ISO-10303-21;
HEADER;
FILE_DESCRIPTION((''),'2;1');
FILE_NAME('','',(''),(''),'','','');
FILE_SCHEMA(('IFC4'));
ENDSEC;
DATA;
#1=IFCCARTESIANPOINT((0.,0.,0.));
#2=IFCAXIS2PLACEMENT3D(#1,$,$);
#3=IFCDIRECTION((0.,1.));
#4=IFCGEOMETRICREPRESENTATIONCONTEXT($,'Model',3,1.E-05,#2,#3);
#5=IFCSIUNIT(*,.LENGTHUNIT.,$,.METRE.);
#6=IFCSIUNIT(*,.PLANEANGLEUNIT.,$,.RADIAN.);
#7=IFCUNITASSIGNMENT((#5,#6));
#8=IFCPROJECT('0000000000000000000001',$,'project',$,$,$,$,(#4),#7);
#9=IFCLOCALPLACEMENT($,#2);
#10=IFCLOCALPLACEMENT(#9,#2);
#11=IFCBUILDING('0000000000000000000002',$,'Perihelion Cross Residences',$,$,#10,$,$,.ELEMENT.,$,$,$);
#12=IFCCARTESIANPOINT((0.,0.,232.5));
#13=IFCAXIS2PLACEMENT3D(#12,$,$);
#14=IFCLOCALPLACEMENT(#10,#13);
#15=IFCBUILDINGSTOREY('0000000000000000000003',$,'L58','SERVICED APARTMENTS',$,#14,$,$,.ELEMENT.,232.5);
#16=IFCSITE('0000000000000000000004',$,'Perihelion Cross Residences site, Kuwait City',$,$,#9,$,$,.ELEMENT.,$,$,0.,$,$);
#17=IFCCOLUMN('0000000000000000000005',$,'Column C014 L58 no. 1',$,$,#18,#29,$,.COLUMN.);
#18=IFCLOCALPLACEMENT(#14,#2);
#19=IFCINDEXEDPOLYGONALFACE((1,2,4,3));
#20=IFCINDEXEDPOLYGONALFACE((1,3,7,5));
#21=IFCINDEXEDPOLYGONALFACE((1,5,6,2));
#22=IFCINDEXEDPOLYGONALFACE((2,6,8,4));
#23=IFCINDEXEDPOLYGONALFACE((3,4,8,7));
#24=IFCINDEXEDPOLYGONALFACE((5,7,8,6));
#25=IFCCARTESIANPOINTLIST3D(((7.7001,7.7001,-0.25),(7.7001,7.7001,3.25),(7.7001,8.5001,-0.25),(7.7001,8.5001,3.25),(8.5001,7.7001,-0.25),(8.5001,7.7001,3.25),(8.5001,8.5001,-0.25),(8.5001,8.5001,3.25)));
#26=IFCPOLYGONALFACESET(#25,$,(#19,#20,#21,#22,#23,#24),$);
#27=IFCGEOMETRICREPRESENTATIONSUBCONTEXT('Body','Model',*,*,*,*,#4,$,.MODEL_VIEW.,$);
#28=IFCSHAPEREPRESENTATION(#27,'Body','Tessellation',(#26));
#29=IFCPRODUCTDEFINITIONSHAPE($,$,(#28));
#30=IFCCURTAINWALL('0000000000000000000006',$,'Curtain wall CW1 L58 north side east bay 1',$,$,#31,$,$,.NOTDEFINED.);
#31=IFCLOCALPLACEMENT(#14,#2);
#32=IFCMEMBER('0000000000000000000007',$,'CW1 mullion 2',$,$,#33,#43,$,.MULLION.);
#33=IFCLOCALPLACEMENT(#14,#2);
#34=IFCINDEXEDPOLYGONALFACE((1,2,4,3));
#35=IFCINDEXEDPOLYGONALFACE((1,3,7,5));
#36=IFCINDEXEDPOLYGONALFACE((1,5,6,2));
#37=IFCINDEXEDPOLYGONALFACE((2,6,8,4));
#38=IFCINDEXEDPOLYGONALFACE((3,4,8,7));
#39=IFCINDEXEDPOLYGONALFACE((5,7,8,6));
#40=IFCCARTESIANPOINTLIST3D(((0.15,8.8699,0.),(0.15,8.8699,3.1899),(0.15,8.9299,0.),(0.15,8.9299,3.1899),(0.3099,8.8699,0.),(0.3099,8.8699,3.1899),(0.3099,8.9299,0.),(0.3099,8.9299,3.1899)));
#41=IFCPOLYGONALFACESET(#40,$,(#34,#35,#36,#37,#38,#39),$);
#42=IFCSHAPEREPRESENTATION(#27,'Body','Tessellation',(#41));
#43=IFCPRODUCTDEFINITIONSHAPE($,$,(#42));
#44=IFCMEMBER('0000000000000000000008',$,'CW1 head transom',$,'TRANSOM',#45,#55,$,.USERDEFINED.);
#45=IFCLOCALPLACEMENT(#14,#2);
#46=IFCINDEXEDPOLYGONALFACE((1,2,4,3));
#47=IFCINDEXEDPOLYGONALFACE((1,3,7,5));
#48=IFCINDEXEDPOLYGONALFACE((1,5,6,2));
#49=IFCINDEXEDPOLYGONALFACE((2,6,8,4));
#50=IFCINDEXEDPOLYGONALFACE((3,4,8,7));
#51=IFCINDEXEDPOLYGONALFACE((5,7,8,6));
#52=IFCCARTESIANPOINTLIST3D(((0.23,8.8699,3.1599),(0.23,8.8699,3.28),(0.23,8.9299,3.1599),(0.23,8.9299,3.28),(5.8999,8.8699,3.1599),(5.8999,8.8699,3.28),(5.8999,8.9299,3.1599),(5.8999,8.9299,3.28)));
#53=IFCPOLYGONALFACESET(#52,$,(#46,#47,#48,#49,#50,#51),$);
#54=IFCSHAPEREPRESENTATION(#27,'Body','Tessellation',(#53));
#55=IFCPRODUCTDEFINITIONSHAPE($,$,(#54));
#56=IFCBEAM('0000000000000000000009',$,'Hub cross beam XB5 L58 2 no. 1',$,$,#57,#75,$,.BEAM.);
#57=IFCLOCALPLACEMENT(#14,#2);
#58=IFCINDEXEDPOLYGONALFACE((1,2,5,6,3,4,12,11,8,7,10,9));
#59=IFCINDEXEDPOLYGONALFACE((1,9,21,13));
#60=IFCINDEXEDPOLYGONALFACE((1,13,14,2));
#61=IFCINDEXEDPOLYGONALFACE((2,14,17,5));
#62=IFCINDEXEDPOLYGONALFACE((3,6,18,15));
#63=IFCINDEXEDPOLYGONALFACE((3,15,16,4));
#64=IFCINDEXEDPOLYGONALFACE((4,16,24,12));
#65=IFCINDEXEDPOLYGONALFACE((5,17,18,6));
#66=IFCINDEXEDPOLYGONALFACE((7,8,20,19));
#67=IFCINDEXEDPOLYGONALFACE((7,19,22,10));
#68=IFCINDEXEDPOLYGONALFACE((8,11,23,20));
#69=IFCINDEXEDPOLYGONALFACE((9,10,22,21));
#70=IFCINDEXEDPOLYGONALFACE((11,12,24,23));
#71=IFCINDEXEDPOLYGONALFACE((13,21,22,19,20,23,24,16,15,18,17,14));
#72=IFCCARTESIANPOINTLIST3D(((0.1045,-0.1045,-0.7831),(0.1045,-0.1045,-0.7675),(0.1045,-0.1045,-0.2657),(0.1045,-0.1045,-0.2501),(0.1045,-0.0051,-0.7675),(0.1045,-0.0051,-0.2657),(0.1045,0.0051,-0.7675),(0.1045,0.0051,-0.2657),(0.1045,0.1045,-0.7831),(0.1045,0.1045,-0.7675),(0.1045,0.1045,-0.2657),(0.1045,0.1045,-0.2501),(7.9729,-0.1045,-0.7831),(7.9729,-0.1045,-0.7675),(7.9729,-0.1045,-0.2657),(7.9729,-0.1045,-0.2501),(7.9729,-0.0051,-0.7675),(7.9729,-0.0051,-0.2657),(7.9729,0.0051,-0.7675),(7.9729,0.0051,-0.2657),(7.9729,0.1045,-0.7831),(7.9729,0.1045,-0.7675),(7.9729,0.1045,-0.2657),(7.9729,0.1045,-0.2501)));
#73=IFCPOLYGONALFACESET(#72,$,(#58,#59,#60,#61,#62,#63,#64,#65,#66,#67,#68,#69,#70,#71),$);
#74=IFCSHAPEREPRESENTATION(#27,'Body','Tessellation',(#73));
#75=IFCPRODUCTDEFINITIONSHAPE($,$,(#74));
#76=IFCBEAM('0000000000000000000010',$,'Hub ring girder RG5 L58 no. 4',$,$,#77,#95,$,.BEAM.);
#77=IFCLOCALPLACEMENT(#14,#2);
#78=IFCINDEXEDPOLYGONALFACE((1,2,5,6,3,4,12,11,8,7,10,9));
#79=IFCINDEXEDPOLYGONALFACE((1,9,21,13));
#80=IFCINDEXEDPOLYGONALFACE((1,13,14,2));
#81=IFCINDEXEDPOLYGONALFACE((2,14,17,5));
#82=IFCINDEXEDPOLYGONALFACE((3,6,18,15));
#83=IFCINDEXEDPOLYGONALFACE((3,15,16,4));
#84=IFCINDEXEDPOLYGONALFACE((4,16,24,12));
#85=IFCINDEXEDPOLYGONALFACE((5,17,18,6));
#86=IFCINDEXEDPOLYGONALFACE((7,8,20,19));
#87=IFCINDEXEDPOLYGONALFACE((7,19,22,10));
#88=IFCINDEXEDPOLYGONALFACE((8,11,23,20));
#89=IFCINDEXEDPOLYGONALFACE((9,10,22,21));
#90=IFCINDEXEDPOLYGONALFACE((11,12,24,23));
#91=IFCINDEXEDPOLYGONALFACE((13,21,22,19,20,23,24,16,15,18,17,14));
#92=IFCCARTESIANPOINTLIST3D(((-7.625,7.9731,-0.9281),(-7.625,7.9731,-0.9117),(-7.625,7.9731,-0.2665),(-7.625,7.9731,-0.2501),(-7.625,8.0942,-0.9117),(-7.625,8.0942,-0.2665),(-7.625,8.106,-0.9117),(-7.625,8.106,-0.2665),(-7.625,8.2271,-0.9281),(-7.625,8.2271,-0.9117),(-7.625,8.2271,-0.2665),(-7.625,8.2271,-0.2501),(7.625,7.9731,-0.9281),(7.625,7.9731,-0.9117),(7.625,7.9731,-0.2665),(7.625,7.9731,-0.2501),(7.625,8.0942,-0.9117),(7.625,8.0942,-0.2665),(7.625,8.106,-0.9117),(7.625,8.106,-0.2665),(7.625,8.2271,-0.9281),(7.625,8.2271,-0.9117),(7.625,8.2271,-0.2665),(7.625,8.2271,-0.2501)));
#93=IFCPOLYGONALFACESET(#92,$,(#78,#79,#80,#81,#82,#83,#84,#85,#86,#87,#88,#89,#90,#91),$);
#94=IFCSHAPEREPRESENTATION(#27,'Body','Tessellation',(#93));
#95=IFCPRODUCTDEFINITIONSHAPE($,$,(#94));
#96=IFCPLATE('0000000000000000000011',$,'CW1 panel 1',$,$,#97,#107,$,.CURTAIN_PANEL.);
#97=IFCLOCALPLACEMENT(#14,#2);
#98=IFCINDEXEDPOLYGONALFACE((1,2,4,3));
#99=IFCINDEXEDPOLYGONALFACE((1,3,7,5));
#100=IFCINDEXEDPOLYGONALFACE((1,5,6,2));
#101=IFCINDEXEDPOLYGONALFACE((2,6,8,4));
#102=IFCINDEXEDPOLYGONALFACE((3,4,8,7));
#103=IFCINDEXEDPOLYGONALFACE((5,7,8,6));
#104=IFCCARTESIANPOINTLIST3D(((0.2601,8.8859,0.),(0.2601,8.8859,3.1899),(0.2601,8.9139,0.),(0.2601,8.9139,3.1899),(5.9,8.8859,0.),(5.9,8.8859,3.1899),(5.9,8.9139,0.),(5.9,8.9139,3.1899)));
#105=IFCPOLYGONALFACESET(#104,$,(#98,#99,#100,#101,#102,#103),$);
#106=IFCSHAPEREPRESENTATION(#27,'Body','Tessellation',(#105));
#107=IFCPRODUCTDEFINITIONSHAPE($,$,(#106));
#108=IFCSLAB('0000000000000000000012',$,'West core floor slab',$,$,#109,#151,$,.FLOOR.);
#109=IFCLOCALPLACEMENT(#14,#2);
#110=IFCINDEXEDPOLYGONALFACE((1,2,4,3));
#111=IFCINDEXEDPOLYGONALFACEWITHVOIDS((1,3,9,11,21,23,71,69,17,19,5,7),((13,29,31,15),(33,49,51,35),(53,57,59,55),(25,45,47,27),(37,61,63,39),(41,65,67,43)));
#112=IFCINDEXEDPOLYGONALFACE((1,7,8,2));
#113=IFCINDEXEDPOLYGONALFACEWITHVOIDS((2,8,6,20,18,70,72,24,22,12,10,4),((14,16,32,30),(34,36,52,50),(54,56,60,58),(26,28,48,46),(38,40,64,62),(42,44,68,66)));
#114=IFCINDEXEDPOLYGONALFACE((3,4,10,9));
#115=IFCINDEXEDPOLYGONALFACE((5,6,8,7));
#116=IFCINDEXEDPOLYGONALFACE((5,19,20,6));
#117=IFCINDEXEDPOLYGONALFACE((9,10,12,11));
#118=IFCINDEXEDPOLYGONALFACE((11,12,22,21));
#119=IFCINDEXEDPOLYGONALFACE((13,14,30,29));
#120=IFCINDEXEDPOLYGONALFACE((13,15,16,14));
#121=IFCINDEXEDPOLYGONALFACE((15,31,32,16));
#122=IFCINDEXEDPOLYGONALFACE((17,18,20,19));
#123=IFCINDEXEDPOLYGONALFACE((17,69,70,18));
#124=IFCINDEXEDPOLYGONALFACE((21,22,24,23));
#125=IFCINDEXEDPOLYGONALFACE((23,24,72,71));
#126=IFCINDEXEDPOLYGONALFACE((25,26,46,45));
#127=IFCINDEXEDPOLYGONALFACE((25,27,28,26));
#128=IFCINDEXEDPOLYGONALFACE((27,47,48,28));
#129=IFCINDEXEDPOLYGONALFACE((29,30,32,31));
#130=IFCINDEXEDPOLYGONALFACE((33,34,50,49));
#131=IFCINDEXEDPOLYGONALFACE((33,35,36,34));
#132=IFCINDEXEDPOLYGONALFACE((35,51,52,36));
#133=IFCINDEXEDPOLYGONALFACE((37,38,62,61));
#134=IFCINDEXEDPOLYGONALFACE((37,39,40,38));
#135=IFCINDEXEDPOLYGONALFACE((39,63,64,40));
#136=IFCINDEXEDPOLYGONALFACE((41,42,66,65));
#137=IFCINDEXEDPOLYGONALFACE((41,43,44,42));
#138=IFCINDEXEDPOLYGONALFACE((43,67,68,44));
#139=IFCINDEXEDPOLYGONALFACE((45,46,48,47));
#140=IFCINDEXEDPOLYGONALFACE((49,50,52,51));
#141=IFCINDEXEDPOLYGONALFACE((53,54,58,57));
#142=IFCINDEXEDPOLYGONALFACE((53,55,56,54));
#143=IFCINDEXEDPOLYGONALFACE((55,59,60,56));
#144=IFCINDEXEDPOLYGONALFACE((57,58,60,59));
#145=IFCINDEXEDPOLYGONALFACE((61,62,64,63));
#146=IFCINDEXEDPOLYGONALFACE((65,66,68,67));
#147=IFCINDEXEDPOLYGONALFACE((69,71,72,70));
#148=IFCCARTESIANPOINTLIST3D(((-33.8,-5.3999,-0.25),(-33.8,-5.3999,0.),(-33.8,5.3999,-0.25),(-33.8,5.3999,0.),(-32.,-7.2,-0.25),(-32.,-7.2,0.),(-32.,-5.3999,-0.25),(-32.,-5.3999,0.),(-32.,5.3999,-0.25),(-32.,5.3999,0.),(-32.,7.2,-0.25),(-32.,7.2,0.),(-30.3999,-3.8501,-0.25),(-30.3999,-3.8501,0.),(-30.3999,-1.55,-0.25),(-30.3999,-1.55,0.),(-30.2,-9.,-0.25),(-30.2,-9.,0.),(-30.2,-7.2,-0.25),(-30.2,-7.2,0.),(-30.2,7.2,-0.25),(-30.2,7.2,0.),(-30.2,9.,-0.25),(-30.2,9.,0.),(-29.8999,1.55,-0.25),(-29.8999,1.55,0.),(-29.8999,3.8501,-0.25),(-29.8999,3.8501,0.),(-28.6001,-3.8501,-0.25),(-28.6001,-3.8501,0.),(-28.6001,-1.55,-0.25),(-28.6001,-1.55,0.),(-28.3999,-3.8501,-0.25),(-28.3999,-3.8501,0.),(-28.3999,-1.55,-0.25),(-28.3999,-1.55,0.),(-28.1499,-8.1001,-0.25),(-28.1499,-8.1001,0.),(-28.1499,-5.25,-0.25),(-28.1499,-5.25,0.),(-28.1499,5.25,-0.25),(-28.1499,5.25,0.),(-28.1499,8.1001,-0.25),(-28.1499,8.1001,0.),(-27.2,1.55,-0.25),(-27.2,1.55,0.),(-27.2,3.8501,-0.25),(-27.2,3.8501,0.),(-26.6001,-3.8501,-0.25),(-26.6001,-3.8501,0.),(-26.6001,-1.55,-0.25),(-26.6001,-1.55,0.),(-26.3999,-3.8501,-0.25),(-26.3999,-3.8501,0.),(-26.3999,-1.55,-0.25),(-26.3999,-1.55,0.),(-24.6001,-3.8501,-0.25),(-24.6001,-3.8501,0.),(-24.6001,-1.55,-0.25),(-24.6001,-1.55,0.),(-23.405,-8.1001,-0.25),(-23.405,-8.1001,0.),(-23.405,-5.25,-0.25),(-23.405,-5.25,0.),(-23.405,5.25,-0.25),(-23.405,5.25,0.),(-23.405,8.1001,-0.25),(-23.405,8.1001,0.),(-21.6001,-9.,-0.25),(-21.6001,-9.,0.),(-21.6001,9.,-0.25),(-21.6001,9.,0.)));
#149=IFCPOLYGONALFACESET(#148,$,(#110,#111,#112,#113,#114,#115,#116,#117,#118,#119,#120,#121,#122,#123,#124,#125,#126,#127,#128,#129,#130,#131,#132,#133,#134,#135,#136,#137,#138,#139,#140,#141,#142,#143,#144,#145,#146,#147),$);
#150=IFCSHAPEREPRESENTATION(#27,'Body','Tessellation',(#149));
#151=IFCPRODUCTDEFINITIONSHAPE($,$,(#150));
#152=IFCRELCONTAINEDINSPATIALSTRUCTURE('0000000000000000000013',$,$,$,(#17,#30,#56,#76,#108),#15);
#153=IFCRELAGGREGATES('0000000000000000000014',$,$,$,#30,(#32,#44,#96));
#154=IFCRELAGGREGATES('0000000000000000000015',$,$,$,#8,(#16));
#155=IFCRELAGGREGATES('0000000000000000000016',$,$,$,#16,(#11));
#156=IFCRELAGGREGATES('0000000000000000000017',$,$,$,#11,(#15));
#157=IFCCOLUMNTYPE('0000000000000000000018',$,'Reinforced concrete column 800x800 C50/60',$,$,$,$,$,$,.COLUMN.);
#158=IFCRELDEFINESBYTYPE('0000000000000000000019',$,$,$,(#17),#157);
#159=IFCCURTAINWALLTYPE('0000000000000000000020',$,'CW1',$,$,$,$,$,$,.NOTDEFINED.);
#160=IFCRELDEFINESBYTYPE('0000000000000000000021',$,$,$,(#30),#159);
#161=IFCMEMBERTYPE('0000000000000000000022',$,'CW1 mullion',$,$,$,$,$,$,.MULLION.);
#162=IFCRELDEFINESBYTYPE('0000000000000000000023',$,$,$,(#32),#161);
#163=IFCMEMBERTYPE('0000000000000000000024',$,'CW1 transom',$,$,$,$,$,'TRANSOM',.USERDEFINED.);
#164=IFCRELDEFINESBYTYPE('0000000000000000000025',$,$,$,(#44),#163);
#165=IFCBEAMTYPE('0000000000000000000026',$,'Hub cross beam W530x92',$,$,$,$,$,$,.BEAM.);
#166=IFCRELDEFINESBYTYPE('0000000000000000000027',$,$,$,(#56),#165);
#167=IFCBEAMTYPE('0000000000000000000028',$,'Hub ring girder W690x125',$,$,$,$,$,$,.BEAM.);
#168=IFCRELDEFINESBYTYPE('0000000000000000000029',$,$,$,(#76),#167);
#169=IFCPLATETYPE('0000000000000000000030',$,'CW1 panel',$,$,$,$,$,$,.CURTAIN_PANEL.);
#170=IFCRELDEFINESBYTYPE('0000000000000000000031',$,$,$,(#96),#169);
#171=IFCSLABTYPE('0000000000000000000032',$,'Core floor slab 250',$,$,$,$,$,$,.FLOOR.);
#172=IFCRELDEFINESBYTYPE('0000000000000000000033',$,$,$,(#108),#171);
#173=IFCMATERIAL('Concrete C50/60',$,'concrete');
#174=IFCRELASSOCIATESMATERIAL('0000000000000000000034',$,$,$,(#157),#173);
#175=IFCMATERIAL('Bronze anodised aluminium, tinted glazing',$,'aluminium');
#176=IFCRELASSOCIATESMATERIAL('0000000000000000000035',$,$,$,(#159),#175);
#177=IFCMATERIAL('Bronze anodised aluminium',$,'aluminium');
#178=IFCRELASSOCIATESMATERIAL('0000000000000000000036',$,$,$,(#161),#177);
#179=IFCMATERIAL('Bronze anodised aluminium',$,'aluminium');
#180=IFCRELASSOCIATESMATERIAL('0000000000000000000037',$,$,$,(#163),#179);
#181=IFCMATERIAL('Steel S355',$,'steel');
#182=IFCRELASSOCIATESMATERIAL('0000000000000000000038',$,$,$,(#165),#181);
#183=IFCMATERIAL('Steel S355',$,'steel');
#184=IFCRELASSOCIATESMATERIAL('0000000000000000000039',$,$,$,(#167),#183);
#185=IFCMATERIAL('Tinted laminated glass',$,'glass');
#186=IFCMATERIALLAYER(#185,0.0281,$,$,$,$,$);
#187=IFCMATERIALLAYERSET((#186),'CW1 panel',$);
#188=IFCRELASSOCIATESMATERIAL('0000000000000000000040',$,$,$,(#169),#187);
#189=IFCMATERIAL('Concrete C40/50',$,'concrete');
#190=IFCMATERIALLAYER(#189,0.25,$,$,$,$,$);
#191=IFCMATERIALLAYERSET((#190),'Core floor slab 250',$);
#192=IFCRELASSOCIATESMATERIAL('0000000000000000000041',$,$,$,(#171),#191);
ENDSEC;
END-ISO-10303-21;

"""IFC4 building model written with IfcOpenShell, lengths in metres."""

from ifc_helpers import new_model, si_unit, direction, frame, origin, origin_2d, place, context, subcontext, project, spatial, polyline, rectangle, i_section, outline, extrude, material, layer, layer_set, material_profile, profile_set, type_object, element, aggregate, save


model = new_model("IFC4")

# Units and contexts
model_context = context("Model", 3, precision=1e-05, world=origin(), true_north=direction((0.0, 1.0)))
body_context = subcontext(model_context, "Body", "Model", "MODEL_VIEW")
ifc_project = project(units=[si_unit("LENGTHUNIT", "METRE"), si_unit("PLANEANGLEUNIT", "RADIAN")], contexts=[model_context])

# Site, building, storey
site_placement = place(None, origin())
site = spatial("IfcSite", under=ifc_project, at=site_placement, Name="Perihelion Cross Residences site, Kuwait City", CompositionType="ELEMENT", RefElevation=0.0)
building_placement = place(site_placement, origin())
building = spatial("IfcBuilding", under=site, at=building_placement, Name="Perihelion Cross Residences", CompositionType="ELEMENT")
storey_placement = place(building_placement, frame((0.0, 0.0, 232.5)))
storey = spatial("IfcBuildingStorey", under=building, at=storey_placement, Name="L58", Description="SERVICED APARTMENTS", CompositionType="ELEMENT", Elevation=232.5)

# Column
ifc_material_1 = material(Name="Concrete C50/60", Category="concrete")
ifc_material_profile_1 = material_profile(ifc_material_1, rectangle(XDim=0.8, YDim=0.8, at=origin_2d()), Name="RC 800x800")
ifc_profile_set_1 = profile_set([ifc_material_profile_1], Name="Concrete C50/60")
column_type = type_object("IfcColumnType", Name="Reinforced concrete column 800x800 C50/60", PredefinedType="COLUMN", material=ifc_profile_set_1)
column_placement = place(storey_placement, frame((8.1001, 8.1001, -0.25), z_axis=(0.0, 0.0, 1.0), x_axis=(1.0, 0.0, 0.0)))
element("IfcColumn", 1, at=column_placement, inside=storey, type_object=column_type, Name="Column C014 L58 no. 1", PredefinedType="COLUMN", context=body_context, shape_type="SweptSolid", body=[
    extrude(rectangle(XDim=0.8, YDim=0.8, at=origin_2d()), origin(), (0.0, 0.0, 1.0), 3.5),
])

# Curtain wall, members
ifc_material_2 = material(Name="Bronze anodised aluminium, tinted glazing", Category="aluminium")
curtain_wall_type = type_object("IfcCurtainWallType", Name="CW1", PredefinedType="NOTDEFINED", material=ifc_material_2)
curtain_wall_placement = place(storey_placement, origin())
curtain_wall = element("IfcCurtainWall", 2, at=curtain_wall_placement, inside=storey, type_object=curtain_wall_type, Name="Curtain wall CW1 L58 north side east bay 1", PredefinedType="NOTDEFINED")
ifc_material_3 = material(Name="Bronze anodised aluminium", Category="aluminium")
ifc_material_profile_2 = material_profile(ifc_material_3, rectangle(XDim=0.0601, YDim=0.1599, at=origin_2d()), Name="CW1 mullion")
ifc_profile_set_2 = profile_set([ifc_material_profile_2], Name="Bronze anodised aluminium")
member_type_1 = type_object("IfcMemberType", Name="CW1 mullion", PredefinedType="MULLION", material=ifc_profile_set_2)
member_1_placement = place(storey_placement, frame((0.23, 8.8999, 0.0), z_axis=(0.0, 0.0, 1.0), x_axis=(0.0, -1.0, 0.0)))
member_1 = element("IfcMember", 3, at=member_1_placement, type_object=member_type_1, Name="CW1 mullion 2", PredefinedType="MULLION", context=body_context, shape_type="SweptSolid", body=[
    extrude(rectangle(XDim=0.0601, YDim=0.1599, at=origin_2d()), origin(), (0.0, 0.0, 1.0), 3.1899),
])
ifc_material_4 = material(Name="Bronze anodised aluminium", Category="aluminium")
ifc_material_profile_3 = material_profile(ifc_material_4, rectangle(XDim=0.0601, YDim=0.1201, at=origin_2d()), Name="CW1 transom")
ifc_profile_set_3 = profile_set([ifc_material_profile_3], Name="Bronze anodised aluminium")
member_type_2 = type_object("IfcMemberType", Name="CW1 transom", ElementType="TRANSOM", PredefinedType="USERDEFINED", material=ifc_profile_set_3)
member_2_placement = place(storey_placement, frame((5.8999, 8.8999, 3.22), z_axis=(-1.0, 0.0, 0.0), x_axis=(0.0, -1.0, 0.0)))
member_2 = element("IfcMember", 4, at=member_2_placement, type_object=member_type_2, Name="CW1 head transom", ObjectType="TRANSOM", PredefinedType="USERDEFINED", context=body_context, shape_type="SweptSolid", body=[
    extrude(rectangle(XDim=0.0601, YDim=0.1201, at=origin_2d()), origin(), (0.0, 0.0, 1.0), 5.6699),
])

# Beams
ifc_material_5 = material(Name="Steel S355", Category="steel")
ifc_material_profile_4 = material_profile(ifc_material_5, i_section(OverallWidth=0.209, OverallDepth=0.533, WebThickness=0.0103, FlangeThickness=0.0156, at=origin_2d()), Name="W530x92")
ifc_profile_set_4 = profile_set([ifc_material_profile_4], Name="Steel S355")
beam_type_1 = type_object("IfcBeamType", Name="Hub cross beam W530x92", PredefinedType="BEAM", material=ifc_profile_set_4)
beam_1_placement = place(storey_placement, frame((0.1045, 0.0, -0.5166), z_axis=(1.0, 0.0, 0.0), x_axis=(0.0, 1.0, 0.0)))
element("IfcBeam", 5, at=beam_1_placement, inside=storey, type_object=beam_type_1, Name="Hub cross beam XB5 L58 2 no. 1", PredefinedType="BEAM", context=body_context, shape_type="SweptSolid", body=[
    extrude(i_section(OverallWidth=0.209, OverallDepth=0.533, WebThickness=0.0103, FlangeThickness=0.0156, at=origin_2d()), origin(), (0.0, 0.0, 1.0), 7.8684),
])
ifc_material_6 = material(Name="Steel S355", Category="steel")
ifc_material_profile_5 = material_profile(ifc_material_6, i_section(OverallWidth=0.2539, OverallDepth=0.678, WebThickness=0.0117, FlangeThickness=0.0164, at=origin_2d()), Name="W690x125")
ifc_profile_set_5 = profile_set([ifc_material_profile_5], Name="Steel S355")
beam_type_2 = type_object("IfcBeamType", Name="Hub ring girder W690x125", PredefinedType="BEAM", material=ifc_profile_set_5)
beam_2_placement = place(storey_placement, frame((7.625, 8.1001, -0.5891), z_axis=(-1.0, 0.0, 0.0), x_axis=(0.0, -1.0, 0.0)))
element("IfcBeam", 6, at=beam_2_placement, inside=storey, type_object=beam_type_2, Name="Hub ring girder RG5 L58 no. 4", PredefinedType="BEAM", context=body_context, shape_type="SweptSolid", body=[
    extrude(i_section(OverallWidth=0.2539, OverallDepth=0.678, WebThickness=0.0117, FlangeThickness=0.0164, at=origin_2d()), origin(), (0.0, 0.0, 1.0), 15.25),
])

# Plate
ifc_material_7 = material(Name="Tinted laminated glass", Category="glass")
ifc_layer_1 = layer(ifc_material_7, 0.0281)
ifc_layer_set_1 = layer_set([ifc_layer_1], Name="CW1 panel")
plate_type = type_object("IfcPlateType", Name="CW1 panel", PredefinedType="CURTAIN_PANEL", material=ifc_layer_set_1)
plate_placement = place(storey_placement, frame((3.0801, 8.8999, 0.0), z_axis=(0.0, 0.0, 1.0), x_axis=(-1.0, 0.0, 0.0)))
plate = element("IfcPlate", 7, at=plate_placement, type_object=plate_type, Name="CW1 panel 1", PredefinedType="CURTAIN_PANEL", context=body_context, shape_type="SweptSolid", body=[
    extrude(rectangle(XDim=5.6399, YDim=0.0281, at=origin_2d()), origin(), (0.0, 0.0, 1.0), 3.1899),
])
aggregate(curtain_wall, [member_1, member_2, plate])

# Slab
ifc_material_8 = material(Name="Concrete C40/50", Category="concrete")
ifc_layer_2 = layer(ifc_material_8, 0.25)
ifc_layer_set_2 = layer_set([ifc_layer_2], Name="Core floor slab 250")
slab_type = type_object("IfcSlabType", Name="Core floor slab 250", PredefinedType="FLOOR", material=ifc_layer_set_2)
slab_placement = place(storey_placement, frame((0.0, 0.0, -0.25)))
element("IfcSlab", 8, at=slab_placement, inside=storey, type_object=slab_type, Name="West core floor slab", PredefinedType="FLOOR", context=body_context, shape_type="SweptSolid", body=[
    extrude(outline(polyline([(-30.2, 7.2), (-32.0, 7.2), (-32.0, 5.3999), (-33.8, 5.3999), (-33.8, -5.3999), (-32.0, -5.3999), (-32.0, -7.2), (-30.2, -7.2), (-30.2, -9.0), (-21.6001, -9.0), (-21.6001, 9.0), (-30.2, 9.0), (-30.2, 7.2)]), holes=[polyline([(-28.1499, -8.1001), (-28.1499, -5.25), (-23.405, -5.25), (-23.405, -8.1001), (-28.1499, -8.1001)]), polyline([(-24.6001, -1.55), (-24.6001, -3.8501), (-26.3999, -3.8501), (-26.3999, -1.55), (-24.6001, -1.55)]), polyline([(-26.6001, -1.55), (-26.6001, -3.8501), (-28.3999, -3.8501), (-28.3999, -1.55), (-26.6001, -1.55)]), polyline([(-28.6001, -3.8501), (-30.3999, -3.8501), (-30.3999, -1.55), (-28.6001, -1.55), (-28.6001, -3.8501)]), polyline([(-27.2, 3.8501), (-27.2, 1.55), (-29.8999, 1.55), (-29.8999, 3.8501), (-27.2, 3.8501)]), polyline([(-23.405, 5.25), (-28.1499, 5.25), (-28.1499, 8.1001), (-23.405, 8.1001), (-23.405, 5.25)])]), origin(), (0.0, 0.0, 1.0), 0.25),
])

save(model, "model.ifc")
